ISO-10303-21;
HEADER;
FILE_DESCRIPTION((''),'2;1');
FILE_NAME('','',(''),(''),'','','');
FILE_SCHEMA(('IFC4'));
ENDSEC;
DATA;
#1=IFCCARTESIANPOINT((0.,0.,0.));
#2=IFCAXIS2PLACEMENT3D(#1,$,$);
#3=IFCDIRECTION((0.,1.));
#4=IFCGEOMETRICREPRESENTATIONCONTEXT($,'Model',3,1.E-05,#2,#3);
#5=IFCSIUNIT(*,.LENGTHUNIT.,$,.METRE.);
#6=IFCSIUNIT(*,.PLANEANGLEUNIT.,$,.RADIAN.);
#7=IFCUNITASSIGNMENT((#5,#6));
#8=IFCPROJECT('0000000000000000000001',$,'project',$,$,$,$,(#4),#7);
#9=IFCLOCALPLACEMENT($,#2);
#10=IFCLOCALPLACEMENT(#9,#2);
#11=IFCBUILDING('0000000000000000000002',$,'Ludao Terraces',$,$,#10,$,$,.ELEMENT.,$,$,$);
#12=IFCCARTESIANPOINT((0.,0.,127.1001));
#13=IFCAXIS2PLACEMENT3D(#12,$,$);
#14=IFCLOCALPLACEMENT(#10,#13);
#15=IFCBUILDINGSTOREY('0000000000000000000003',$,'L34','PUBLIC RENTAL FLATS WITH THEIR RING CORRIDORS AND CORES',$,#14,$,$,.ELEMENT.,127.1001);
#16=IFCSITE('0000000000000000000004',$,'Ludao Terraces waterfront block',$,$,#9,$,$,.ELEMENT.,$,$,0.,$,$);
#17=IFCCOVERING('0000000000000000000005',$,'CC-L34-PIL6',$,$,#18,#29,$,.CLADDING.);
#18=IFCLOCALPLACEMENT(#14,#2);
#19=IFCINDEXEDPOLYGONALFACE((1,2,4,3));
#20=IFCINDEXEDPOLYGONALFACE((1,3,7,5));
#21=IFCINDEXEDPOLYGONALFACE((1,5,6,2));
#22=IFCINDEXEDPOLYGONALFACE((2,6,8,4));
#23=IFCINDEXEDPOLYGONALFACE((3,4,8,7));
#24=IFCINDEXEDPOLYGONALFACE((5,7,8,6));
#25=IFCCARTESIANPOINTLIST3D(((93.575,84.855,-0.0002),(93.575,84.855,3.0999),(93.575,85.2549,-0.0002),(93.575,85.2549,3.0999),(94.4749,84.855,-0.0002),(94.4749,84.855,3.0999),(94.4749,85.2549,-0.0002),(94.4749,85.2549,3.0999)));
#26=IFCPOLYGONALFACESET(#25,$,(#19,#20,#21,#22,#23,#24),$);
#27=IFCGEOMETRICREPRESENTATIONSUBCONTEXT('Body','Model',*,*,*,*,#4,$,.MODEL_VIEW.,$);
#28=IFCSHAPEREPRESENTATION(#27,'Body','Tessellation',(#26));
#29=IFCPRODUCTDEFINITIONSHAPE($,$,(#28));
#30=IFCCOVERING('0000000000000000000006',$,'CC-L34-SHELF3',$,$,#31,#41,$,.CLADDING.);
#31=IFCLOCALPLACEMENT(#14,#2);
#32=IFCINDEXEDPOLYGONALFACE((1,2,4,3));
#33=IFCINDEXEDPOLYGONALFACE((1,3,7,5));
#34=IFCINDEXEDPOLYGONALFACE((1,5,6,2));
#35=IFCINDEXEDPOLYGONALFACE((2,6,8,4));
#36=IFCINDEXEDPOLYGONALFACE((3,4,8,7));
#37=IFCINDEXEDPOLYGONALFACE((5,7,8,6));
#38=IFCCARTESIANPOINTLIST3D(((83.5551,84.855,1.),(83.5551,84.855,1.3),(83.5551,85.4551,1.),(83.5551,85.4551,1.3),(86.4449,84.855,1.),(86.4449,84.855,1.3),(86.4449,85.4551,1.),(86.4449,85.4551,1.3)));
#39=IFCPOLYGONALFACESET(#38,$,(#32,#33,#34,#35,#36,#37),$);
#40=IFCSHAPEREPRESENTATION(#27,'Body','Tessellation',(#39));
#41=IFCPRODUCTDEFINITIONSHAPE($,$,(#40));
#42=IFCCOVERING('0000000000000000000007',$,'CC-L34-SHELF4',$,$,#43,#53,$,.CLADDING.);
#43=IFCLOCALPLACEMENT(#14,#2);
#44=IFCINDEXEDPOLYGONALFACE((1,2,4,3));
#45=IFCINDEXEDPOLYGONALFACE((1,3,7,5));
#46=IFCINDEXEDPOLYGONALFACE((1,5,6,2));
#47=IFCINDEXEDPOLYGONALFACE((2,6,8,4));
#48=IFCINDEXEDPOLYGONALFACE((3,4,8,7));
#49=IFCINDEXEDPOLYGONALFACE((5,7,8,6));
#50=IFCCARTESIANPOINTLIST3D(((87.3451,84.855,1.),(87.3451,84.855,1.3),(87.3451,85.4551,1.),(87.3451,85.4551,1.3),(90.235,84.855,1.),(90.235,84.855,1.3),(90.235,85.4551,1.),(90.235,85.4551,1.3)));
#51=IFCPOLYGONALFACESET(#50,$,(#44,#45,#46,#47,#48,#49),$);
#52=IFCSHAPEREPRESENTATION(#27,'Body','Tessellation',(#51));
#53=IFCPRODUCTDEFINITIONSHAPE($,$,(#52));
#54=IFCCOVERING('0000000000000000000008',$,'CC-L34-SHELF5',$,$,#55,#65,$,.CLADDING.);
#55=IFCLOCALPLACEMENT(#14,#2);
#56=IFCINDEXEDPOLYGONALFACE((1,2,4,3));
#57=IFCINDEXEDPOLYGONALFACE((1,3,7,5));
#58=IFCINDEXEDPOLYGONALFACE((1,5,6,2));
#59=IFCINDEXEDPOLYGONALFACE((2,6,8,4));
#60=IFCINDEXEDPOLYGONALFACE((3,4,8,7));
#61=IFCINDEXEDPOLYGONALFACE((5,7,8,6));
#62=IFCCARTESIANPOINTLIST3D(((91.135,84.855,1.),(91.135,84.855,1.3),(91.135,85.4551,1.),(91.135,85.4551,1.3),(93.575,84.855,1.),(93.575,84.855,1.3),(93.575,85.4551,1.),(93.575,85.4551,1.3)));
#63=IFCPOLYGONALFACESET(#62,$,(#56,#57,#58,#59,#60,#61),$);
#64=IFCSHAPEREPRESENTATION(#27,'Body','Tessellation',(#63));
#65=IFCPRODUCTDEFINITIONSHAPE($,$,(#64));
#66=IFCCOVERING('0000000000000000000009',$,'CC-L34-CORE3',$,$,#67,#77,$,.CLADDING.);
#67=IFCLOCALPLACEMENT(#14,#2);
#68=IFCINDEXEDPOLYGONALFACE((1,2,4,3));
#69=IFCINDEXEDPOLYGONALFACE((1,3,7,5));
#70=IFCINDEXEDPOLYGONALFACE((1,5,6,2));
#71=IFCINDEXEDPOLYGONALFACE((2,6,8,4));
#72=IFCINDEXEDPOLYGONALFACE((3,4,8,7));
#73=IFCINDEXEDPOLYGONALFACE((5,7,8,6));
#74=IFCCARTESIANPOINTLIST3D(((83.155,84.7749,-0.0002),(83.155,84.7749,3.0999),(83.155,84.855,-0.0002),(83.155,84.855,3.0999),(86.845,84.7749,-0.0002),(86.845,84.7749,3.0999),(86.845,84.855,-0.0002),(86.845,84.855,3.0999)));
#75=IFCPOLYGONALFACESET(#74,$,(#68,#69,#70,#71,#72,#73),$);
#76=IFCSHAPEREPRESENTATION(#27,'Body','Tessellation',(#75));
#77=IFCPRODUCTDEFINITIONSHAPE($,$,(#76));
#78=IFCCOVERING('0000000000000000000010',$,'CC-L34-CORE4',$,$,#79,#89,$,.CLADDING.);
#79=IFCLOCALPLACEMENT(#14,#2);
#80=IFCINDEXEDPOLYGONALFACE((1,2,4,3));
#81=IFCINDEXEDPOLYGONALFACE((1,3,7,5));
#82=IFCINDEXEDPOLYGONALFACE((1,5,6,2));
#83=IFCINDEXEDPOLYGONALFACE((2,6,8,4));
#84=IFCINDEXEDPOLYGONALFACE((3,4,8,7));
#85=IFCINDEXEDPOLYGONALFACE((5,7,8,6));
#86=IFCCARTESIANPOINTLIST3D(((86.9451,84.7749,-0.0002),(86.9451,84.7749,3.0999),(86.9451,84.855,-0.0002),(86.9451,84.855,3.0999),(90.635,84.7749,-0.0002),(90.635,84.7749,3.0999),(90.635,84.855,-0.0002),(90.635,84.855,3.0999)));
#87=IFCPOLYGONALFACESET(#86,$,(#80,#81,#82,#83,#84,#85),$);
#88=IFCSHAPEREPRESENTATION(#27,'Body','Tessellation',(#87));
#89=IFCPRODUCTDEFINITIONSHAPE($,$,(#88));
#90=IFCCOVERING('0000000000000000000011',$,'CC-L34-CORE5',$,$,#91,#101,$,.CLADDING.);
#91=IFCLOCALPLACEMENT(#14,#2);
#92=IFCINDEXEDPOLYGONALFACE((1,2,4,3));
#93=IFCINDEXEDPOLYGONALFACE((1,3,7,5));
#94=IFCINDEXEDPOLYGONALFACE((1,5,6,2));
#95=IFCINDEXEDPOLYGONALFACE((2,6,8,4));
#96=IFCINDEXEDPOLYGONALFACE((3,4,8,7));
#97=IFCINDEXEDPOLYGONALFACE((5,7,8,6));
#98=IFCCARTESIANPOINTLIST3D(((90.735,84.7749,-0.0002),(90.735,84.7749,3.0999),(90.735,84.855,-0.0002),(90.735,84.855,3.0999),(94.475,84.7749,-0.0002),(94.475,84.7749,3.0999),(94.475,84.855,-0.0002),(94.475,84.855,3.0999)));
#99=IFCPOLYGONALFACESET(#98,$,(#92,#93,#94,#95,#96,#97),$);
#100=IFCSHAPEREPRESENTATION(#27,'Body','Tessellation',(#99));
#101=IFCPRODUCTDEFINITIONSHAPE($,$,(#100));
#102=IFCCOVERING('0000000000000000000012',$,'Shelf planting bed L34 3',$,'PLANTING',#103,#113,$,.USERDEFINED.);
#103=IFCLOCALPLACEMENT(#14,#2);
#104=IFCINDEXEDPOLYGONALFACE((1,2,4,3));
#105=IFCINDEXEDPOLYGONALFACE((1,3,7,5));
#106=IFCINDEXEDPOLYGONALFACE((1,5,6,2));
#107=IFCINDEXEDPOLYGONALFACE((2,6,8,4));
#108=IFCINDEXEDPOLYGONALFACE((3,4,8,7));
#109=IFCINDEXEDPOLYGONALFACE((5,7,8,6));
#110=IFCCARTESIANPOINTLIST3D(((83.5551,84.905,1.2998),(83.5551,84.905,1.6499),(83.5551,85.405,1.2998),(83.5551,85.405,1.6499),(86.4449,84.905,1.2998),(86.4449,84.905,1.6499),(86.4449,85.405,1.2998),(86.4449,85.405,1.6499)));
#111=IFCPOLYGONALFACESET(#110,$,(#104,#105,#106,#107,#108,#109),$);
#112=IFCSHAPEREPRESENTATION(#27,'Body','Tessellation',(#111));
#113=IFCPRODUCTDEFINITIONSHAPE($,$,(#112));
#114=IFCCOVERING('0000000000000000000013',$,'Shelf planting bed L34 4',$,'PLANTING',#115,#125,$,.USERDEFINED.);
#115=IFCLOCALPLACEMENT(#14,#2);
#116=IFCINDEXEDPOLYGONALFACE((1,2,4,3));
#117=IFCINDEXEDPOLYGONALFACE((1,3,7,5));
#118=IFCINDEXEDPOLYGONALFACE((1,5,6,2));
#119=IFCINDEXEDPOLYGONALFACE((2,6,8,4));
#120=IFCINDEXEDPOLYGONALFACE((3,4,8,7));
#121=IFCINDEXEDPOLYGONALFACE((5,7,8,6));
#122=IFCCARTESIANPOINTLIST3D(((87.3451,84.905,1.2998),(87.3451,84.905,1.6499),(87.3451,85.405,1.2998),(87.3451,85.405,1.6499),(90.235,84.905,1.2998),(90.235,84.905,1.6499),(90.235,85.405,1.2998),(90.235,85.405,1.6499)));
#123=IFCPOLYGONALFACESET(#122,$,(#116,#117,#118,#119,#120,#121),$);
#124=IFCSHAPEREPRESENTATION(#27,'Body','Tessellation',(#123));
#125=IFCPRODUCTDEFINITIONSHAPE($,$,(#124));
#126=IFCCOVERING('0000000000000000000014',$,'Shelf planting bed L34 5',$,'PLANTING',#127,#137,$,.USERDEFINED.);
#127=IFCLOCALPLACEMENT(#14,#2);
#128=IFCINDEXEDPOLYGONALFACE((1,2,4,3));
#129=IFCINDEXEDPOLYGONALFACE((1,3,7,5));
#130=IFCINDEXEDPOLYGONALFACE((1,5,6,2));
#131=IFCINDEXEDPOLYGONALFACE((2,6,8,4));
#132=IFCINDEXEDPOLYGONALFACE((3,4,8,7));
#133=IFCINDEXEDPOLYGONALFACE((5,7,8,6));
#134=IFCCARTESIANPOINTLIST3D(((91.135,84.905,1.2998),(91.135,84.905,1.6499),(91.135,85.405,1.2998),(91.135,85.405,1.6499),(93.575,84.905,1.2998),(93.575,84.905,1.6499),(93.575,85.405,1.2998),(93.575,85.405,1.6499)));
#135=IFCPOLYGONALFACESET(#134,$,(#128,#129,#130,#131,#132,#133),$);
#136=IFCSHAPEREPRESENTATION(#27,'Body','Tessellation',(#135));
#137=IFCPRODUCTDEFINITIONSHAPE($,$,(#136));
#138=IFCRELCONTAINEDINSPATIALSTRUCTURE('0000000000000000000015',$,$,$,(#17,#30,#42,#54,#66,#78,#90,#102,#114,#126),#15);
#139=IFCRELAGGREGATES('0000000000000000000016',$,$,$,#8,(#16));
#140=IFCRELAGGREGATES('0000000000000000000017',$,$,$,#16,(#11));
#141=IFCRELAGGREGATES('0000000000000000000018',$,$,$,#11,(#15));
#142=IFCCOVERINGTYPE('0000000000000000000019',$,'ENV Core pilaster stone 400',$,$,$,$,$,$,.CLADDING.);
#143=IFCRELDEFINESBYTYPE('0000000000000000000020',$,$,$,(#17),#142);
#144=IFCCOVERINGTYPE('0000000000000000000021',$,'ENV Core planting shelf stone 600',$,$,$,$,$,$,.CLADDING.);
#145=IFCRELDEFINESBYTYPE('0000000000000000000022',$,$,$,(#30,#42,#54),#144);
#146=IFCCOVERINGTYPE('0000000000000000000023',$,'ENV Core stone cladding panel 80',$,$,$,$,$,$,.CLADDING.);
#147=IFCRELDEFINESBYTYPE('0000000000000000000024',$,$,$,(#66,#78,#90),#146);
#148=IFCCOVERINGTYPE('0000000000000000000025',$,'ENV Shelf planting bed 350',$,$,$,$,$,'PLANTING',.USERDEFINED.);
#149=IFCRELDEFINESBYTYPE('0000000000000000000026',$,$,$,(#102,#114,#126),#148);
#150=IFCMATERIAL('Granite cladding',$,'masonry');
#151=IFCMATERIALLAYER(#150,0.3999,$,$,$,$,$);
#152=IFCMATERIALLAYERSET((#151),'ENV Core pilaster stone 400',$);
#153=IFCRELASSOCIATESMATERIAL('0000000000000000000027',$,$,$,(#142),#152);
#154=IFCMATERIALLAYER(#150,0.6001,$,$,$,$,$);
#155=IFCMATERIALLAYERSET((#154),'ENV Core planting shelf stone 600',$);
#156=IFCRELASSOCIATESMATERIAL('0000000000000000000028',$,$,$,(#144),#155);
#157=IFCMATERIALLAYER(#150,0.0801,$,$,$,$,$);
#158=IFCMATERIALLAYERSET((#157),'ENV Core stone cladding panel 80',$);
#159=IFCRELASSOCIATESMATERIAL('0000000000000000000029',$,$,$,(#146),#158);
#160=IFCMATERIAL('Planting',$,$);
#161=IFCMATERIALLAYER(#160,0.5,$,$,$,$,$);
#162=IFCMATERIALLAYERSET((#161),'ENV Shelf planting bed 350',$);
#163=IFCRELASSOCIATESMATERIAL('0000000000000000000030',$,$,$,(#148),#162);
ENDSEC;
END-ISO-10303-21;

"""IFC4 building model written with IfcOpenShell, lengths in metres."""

from ifc_helpers import new_model, si_unit, direction, frame, origin, origin_2d, place, context, subcontext, project, spatial, rectangle, extrude, material, layer, layer_set, type_object, element, save


model = new_model("IFC4")

# Units and contexts
model_context = context("Model", 3, precision=1e-05, world=origin(), true_north=direction((0.0, 1.0)))
body_context = subcontext(model_context, "Body", "Model", "MODEL_VIEW")
ifc_project = project(units=[si_unit("LENGTHUNIT", "METRE"), si_unit("PLANEANGLEUNIT", "RADIAN")], contexts=[model_context])

# Site, building, storey
site_placement = place(None, origin())
site = spatial("IfcSite", under=ifc_project, at=site_placement, Name="Ludao Terraces waterfront block", CompositionType="ELEMENT", RefElevation=0.0)
building_placement = place(site_placement, origin())
building = spatial("IfcBuilding", under=site, at=building_placement, Name="Ludao Terraces", CompositionType="ELEMENT")
storey_placement = place(building_placement, frame((0.0, 0.0, 127.1001)))
storey = spatial("IfcBuildingStorey", under=building, at=storey_placement, Name="L34", Description="PUBLIC RENTAL FLATS WITH THEIR RING CORRIDORS AND CORES", CompositionType="ELEMENT", Elevation=127.1001)

# Coverings
ifc_material_1 = material(Name="Granite cladding", Category="masonry")
ifc_layer_1 = layer(ifc_material_1, 0.3999)
ifc_layer_set_1 = layer_set([ifc_layer_1], Name="ENV Core pilaster stone 400")
covering_type_1 = type_object("IfcCoveringType", Name="ENV Core pilaster stone 400", PredefinedType="CLADDING", material=ifc_layer_set_1)
for number, where, z_axis, x_axis, name in (
    (1, (94.0249, 85.0549, -0.0002), (0.0, 0.0, 1.0), (1.0, 0.0, 0.0), "CC-L34-PIL6"),
):
    element("IfcCovering", number, at=place(storey_placement, frame(where, z_axis=z_axis, x_axis=x_axis)), inside=storey, type_object=covering_type_1, Name=name, PredefinedType="CLADDING", context=body_context, shape_type="SweptSolid", body=[
        extrude(rectangle(XDim=0.8999, YDim=0.3999, at=origin_2d()), origin(), (0.0, 0.0, 1.0), 3.1001),
    ])
ifc_layer_2 = layer(ifc_material_1, 0.6001)
ifc_layer_set_2 = layer_set([ifc_layer_2], Name="ENV Core planting shelf stone 600")
covering_type_2 = type_object("IfcCoveringType", Name="ENV Core planting shelf stone 600", PredefinedType="CLADDING", material=ifc_layer_set_2)
for number, where, z_axis, x_axis, name in (
    (2, (85.0, 85.155, 1.0), (0.0, 0.0, 1.0), (1.0, 0.0, 0.0), "CC-L34-SHELF3"),
    (3, (88.79, 85.155, 1.0), (0.0, 0.0, 1.0), (1.0, 0.0, 0.0), "CC-L34-SHELF4"),
):
    element("IfcCovering", number, at=place(storey_placement, frame(where, z_axis=z_axis, x_axis=x_axis)), inside=storey, type_object=covering_type_2, Name=name, PredefinedType="CLADDING", context=body_context, shape_type="SweptSolid", body=[
        extrude(rectangle(XDim=2.8899, YDim=0.6001, at=origin_2d()), origin(), (0.0, 0.0, 1.0), 0.3),
    ])
covering_1_placement = place(storey_placement, frame((92.355, 85.155, 1.0), z_axis=(0.0, 0.0, 1.0), x_axis=(1.0, 0.0, 0.0)))
element("IfcCovering", 4, at=covering_1_placement, inside=storey, type_object=covering_type_2, Name="CC-L34-SHELF5", PredefinedType="CLADDING", context=body_context, shape_type="SweptSolid", body=[
    extrude(rectangle(XDim=2.4399, YDim=0.6001, at=origin_2d()), origin(), (0.0, 0.0, 1.0), 0.3),
])
ifc_layer_3 = layer(ifc_material_1, 0.0801)
ifc_layer_set_3 = layer_set([ifc_layer_3], Name="ENV Core stone cladding panel 80")
covering_type_3 = type_object("IfcCoveringType", Name="ENV Core stone cladding panel 80", PredefinedType="CLADDING", material=ifc_layer_set_3)
for number, where, z_axis, x_axis, name in (
    (5, (85.0, 84.8149, -0.0002), (0.0, 0.0, 1.0), (1.0, 0.0, 0.0), "CC-L34-CORE3"),
    (6, (88.79, 84.8149, -0.0002), (0.0, 0.0, 1.0), (1.0, 0.0, 0.0), "CC-L34-CORE4"),
):
    element("IfcCovering", number, at=place(storey_placement, frame(where, z_axis=z_axis, x_axis=x_axis)), inside=storey, type_object=covering_type_3, Name=name, PredefinedType="CLADDING", context=body_context, shape_type="SweptSolid", body=[
        extrude(rectangle(XDim=3.6899, YDim=0.0801, at=origin_2d()), origin(), (0.0, 0.0, 1.0), 3.1001),
    ])
covering_2_placement = place(storey_placement, frame((92.605, 84.8149, -0.0002), z_axis=(0.0, 0.0, 1.0), x_axis=(1.0, 0.0, 0.0)))
element("IfcCovering", 7, at=covering_2_placement, inside=storey, type_object=covering_type_3, Name="CC-L34-CORE5", PredefinedType="CLADDING", context=body_context, shape_type="SweptSolid", body=[
    extrude(rectangle(XDim=3.74, YDim=0.0801, at=origin_2d()), origin(), (0.0, 0.0, 1.0), 3.1001),
])
ifc_material_2 = material(Name="Planting")
ifc_layer_4 = layer(ifc_material_2, 0.5)
ifc_layer_set_4 = layer_set([ifc_layer_4], Name="ENV Shelf planting bed 350")
covering_type_4 = type_object("IfcCoveringType", Name="ENV Shelf planting bed 350", ElementType="PLANTING", PredefinedType="USERDEFINED", material=ifc_layer_set_4)
for number, where, z_axis, x_axis, name in (
    (8, (85.0, 85.155, 1.2998), (0.0, 0.0, 1.0), (1.0, 0.0, 0.0), "Shelf planting bed L34 3"),
    (9, (88.79, 85.155, 1.2998), (0.0, 0.0, 1.0), (1.0, 0.0, 0.0), "Shelf planting bed L34 4"),
):
    element("IfcCovering", number, at=place(storey_placement, frame(where, z_axis=z_axis, x_axis=x_axis)), inside=storey, type_object=covering_type_4, Name=name, ObjectType="PLANTING", PredefinedType="USERDEFINED", context=body_context, shape_type="SweptSolid", body=[
        extrude(rectangle(XDim=2.8899, YDim=0.5, at=origin_2d()), origin(), (0.0, 0.0, 1.0), 0.3501),
    ])
covering_3_placement = place(storey_placement, frame((92.355, 85.155, 1.2998), z_axis=(0.0, 0.0, 1.0), x_axis=(1.0, 0.0, 0.0)))
element("IfcCovering", 10, at=covering_3_placement, inside=storey, type_object=covering_type_4, Name="Shelf planting bed L34 5", ObjectType="PLANTING", PredefinedType="USERDEFINED", context=body_context, shape_type="SweptSolid", body=[
    extrude(rectangle(XDim=2.4399, YDim=0.5, at=origin_2d()), origin(), (0.0, 0.0, 1.0), 0.3501),
])

save(model, "model.ifc")
